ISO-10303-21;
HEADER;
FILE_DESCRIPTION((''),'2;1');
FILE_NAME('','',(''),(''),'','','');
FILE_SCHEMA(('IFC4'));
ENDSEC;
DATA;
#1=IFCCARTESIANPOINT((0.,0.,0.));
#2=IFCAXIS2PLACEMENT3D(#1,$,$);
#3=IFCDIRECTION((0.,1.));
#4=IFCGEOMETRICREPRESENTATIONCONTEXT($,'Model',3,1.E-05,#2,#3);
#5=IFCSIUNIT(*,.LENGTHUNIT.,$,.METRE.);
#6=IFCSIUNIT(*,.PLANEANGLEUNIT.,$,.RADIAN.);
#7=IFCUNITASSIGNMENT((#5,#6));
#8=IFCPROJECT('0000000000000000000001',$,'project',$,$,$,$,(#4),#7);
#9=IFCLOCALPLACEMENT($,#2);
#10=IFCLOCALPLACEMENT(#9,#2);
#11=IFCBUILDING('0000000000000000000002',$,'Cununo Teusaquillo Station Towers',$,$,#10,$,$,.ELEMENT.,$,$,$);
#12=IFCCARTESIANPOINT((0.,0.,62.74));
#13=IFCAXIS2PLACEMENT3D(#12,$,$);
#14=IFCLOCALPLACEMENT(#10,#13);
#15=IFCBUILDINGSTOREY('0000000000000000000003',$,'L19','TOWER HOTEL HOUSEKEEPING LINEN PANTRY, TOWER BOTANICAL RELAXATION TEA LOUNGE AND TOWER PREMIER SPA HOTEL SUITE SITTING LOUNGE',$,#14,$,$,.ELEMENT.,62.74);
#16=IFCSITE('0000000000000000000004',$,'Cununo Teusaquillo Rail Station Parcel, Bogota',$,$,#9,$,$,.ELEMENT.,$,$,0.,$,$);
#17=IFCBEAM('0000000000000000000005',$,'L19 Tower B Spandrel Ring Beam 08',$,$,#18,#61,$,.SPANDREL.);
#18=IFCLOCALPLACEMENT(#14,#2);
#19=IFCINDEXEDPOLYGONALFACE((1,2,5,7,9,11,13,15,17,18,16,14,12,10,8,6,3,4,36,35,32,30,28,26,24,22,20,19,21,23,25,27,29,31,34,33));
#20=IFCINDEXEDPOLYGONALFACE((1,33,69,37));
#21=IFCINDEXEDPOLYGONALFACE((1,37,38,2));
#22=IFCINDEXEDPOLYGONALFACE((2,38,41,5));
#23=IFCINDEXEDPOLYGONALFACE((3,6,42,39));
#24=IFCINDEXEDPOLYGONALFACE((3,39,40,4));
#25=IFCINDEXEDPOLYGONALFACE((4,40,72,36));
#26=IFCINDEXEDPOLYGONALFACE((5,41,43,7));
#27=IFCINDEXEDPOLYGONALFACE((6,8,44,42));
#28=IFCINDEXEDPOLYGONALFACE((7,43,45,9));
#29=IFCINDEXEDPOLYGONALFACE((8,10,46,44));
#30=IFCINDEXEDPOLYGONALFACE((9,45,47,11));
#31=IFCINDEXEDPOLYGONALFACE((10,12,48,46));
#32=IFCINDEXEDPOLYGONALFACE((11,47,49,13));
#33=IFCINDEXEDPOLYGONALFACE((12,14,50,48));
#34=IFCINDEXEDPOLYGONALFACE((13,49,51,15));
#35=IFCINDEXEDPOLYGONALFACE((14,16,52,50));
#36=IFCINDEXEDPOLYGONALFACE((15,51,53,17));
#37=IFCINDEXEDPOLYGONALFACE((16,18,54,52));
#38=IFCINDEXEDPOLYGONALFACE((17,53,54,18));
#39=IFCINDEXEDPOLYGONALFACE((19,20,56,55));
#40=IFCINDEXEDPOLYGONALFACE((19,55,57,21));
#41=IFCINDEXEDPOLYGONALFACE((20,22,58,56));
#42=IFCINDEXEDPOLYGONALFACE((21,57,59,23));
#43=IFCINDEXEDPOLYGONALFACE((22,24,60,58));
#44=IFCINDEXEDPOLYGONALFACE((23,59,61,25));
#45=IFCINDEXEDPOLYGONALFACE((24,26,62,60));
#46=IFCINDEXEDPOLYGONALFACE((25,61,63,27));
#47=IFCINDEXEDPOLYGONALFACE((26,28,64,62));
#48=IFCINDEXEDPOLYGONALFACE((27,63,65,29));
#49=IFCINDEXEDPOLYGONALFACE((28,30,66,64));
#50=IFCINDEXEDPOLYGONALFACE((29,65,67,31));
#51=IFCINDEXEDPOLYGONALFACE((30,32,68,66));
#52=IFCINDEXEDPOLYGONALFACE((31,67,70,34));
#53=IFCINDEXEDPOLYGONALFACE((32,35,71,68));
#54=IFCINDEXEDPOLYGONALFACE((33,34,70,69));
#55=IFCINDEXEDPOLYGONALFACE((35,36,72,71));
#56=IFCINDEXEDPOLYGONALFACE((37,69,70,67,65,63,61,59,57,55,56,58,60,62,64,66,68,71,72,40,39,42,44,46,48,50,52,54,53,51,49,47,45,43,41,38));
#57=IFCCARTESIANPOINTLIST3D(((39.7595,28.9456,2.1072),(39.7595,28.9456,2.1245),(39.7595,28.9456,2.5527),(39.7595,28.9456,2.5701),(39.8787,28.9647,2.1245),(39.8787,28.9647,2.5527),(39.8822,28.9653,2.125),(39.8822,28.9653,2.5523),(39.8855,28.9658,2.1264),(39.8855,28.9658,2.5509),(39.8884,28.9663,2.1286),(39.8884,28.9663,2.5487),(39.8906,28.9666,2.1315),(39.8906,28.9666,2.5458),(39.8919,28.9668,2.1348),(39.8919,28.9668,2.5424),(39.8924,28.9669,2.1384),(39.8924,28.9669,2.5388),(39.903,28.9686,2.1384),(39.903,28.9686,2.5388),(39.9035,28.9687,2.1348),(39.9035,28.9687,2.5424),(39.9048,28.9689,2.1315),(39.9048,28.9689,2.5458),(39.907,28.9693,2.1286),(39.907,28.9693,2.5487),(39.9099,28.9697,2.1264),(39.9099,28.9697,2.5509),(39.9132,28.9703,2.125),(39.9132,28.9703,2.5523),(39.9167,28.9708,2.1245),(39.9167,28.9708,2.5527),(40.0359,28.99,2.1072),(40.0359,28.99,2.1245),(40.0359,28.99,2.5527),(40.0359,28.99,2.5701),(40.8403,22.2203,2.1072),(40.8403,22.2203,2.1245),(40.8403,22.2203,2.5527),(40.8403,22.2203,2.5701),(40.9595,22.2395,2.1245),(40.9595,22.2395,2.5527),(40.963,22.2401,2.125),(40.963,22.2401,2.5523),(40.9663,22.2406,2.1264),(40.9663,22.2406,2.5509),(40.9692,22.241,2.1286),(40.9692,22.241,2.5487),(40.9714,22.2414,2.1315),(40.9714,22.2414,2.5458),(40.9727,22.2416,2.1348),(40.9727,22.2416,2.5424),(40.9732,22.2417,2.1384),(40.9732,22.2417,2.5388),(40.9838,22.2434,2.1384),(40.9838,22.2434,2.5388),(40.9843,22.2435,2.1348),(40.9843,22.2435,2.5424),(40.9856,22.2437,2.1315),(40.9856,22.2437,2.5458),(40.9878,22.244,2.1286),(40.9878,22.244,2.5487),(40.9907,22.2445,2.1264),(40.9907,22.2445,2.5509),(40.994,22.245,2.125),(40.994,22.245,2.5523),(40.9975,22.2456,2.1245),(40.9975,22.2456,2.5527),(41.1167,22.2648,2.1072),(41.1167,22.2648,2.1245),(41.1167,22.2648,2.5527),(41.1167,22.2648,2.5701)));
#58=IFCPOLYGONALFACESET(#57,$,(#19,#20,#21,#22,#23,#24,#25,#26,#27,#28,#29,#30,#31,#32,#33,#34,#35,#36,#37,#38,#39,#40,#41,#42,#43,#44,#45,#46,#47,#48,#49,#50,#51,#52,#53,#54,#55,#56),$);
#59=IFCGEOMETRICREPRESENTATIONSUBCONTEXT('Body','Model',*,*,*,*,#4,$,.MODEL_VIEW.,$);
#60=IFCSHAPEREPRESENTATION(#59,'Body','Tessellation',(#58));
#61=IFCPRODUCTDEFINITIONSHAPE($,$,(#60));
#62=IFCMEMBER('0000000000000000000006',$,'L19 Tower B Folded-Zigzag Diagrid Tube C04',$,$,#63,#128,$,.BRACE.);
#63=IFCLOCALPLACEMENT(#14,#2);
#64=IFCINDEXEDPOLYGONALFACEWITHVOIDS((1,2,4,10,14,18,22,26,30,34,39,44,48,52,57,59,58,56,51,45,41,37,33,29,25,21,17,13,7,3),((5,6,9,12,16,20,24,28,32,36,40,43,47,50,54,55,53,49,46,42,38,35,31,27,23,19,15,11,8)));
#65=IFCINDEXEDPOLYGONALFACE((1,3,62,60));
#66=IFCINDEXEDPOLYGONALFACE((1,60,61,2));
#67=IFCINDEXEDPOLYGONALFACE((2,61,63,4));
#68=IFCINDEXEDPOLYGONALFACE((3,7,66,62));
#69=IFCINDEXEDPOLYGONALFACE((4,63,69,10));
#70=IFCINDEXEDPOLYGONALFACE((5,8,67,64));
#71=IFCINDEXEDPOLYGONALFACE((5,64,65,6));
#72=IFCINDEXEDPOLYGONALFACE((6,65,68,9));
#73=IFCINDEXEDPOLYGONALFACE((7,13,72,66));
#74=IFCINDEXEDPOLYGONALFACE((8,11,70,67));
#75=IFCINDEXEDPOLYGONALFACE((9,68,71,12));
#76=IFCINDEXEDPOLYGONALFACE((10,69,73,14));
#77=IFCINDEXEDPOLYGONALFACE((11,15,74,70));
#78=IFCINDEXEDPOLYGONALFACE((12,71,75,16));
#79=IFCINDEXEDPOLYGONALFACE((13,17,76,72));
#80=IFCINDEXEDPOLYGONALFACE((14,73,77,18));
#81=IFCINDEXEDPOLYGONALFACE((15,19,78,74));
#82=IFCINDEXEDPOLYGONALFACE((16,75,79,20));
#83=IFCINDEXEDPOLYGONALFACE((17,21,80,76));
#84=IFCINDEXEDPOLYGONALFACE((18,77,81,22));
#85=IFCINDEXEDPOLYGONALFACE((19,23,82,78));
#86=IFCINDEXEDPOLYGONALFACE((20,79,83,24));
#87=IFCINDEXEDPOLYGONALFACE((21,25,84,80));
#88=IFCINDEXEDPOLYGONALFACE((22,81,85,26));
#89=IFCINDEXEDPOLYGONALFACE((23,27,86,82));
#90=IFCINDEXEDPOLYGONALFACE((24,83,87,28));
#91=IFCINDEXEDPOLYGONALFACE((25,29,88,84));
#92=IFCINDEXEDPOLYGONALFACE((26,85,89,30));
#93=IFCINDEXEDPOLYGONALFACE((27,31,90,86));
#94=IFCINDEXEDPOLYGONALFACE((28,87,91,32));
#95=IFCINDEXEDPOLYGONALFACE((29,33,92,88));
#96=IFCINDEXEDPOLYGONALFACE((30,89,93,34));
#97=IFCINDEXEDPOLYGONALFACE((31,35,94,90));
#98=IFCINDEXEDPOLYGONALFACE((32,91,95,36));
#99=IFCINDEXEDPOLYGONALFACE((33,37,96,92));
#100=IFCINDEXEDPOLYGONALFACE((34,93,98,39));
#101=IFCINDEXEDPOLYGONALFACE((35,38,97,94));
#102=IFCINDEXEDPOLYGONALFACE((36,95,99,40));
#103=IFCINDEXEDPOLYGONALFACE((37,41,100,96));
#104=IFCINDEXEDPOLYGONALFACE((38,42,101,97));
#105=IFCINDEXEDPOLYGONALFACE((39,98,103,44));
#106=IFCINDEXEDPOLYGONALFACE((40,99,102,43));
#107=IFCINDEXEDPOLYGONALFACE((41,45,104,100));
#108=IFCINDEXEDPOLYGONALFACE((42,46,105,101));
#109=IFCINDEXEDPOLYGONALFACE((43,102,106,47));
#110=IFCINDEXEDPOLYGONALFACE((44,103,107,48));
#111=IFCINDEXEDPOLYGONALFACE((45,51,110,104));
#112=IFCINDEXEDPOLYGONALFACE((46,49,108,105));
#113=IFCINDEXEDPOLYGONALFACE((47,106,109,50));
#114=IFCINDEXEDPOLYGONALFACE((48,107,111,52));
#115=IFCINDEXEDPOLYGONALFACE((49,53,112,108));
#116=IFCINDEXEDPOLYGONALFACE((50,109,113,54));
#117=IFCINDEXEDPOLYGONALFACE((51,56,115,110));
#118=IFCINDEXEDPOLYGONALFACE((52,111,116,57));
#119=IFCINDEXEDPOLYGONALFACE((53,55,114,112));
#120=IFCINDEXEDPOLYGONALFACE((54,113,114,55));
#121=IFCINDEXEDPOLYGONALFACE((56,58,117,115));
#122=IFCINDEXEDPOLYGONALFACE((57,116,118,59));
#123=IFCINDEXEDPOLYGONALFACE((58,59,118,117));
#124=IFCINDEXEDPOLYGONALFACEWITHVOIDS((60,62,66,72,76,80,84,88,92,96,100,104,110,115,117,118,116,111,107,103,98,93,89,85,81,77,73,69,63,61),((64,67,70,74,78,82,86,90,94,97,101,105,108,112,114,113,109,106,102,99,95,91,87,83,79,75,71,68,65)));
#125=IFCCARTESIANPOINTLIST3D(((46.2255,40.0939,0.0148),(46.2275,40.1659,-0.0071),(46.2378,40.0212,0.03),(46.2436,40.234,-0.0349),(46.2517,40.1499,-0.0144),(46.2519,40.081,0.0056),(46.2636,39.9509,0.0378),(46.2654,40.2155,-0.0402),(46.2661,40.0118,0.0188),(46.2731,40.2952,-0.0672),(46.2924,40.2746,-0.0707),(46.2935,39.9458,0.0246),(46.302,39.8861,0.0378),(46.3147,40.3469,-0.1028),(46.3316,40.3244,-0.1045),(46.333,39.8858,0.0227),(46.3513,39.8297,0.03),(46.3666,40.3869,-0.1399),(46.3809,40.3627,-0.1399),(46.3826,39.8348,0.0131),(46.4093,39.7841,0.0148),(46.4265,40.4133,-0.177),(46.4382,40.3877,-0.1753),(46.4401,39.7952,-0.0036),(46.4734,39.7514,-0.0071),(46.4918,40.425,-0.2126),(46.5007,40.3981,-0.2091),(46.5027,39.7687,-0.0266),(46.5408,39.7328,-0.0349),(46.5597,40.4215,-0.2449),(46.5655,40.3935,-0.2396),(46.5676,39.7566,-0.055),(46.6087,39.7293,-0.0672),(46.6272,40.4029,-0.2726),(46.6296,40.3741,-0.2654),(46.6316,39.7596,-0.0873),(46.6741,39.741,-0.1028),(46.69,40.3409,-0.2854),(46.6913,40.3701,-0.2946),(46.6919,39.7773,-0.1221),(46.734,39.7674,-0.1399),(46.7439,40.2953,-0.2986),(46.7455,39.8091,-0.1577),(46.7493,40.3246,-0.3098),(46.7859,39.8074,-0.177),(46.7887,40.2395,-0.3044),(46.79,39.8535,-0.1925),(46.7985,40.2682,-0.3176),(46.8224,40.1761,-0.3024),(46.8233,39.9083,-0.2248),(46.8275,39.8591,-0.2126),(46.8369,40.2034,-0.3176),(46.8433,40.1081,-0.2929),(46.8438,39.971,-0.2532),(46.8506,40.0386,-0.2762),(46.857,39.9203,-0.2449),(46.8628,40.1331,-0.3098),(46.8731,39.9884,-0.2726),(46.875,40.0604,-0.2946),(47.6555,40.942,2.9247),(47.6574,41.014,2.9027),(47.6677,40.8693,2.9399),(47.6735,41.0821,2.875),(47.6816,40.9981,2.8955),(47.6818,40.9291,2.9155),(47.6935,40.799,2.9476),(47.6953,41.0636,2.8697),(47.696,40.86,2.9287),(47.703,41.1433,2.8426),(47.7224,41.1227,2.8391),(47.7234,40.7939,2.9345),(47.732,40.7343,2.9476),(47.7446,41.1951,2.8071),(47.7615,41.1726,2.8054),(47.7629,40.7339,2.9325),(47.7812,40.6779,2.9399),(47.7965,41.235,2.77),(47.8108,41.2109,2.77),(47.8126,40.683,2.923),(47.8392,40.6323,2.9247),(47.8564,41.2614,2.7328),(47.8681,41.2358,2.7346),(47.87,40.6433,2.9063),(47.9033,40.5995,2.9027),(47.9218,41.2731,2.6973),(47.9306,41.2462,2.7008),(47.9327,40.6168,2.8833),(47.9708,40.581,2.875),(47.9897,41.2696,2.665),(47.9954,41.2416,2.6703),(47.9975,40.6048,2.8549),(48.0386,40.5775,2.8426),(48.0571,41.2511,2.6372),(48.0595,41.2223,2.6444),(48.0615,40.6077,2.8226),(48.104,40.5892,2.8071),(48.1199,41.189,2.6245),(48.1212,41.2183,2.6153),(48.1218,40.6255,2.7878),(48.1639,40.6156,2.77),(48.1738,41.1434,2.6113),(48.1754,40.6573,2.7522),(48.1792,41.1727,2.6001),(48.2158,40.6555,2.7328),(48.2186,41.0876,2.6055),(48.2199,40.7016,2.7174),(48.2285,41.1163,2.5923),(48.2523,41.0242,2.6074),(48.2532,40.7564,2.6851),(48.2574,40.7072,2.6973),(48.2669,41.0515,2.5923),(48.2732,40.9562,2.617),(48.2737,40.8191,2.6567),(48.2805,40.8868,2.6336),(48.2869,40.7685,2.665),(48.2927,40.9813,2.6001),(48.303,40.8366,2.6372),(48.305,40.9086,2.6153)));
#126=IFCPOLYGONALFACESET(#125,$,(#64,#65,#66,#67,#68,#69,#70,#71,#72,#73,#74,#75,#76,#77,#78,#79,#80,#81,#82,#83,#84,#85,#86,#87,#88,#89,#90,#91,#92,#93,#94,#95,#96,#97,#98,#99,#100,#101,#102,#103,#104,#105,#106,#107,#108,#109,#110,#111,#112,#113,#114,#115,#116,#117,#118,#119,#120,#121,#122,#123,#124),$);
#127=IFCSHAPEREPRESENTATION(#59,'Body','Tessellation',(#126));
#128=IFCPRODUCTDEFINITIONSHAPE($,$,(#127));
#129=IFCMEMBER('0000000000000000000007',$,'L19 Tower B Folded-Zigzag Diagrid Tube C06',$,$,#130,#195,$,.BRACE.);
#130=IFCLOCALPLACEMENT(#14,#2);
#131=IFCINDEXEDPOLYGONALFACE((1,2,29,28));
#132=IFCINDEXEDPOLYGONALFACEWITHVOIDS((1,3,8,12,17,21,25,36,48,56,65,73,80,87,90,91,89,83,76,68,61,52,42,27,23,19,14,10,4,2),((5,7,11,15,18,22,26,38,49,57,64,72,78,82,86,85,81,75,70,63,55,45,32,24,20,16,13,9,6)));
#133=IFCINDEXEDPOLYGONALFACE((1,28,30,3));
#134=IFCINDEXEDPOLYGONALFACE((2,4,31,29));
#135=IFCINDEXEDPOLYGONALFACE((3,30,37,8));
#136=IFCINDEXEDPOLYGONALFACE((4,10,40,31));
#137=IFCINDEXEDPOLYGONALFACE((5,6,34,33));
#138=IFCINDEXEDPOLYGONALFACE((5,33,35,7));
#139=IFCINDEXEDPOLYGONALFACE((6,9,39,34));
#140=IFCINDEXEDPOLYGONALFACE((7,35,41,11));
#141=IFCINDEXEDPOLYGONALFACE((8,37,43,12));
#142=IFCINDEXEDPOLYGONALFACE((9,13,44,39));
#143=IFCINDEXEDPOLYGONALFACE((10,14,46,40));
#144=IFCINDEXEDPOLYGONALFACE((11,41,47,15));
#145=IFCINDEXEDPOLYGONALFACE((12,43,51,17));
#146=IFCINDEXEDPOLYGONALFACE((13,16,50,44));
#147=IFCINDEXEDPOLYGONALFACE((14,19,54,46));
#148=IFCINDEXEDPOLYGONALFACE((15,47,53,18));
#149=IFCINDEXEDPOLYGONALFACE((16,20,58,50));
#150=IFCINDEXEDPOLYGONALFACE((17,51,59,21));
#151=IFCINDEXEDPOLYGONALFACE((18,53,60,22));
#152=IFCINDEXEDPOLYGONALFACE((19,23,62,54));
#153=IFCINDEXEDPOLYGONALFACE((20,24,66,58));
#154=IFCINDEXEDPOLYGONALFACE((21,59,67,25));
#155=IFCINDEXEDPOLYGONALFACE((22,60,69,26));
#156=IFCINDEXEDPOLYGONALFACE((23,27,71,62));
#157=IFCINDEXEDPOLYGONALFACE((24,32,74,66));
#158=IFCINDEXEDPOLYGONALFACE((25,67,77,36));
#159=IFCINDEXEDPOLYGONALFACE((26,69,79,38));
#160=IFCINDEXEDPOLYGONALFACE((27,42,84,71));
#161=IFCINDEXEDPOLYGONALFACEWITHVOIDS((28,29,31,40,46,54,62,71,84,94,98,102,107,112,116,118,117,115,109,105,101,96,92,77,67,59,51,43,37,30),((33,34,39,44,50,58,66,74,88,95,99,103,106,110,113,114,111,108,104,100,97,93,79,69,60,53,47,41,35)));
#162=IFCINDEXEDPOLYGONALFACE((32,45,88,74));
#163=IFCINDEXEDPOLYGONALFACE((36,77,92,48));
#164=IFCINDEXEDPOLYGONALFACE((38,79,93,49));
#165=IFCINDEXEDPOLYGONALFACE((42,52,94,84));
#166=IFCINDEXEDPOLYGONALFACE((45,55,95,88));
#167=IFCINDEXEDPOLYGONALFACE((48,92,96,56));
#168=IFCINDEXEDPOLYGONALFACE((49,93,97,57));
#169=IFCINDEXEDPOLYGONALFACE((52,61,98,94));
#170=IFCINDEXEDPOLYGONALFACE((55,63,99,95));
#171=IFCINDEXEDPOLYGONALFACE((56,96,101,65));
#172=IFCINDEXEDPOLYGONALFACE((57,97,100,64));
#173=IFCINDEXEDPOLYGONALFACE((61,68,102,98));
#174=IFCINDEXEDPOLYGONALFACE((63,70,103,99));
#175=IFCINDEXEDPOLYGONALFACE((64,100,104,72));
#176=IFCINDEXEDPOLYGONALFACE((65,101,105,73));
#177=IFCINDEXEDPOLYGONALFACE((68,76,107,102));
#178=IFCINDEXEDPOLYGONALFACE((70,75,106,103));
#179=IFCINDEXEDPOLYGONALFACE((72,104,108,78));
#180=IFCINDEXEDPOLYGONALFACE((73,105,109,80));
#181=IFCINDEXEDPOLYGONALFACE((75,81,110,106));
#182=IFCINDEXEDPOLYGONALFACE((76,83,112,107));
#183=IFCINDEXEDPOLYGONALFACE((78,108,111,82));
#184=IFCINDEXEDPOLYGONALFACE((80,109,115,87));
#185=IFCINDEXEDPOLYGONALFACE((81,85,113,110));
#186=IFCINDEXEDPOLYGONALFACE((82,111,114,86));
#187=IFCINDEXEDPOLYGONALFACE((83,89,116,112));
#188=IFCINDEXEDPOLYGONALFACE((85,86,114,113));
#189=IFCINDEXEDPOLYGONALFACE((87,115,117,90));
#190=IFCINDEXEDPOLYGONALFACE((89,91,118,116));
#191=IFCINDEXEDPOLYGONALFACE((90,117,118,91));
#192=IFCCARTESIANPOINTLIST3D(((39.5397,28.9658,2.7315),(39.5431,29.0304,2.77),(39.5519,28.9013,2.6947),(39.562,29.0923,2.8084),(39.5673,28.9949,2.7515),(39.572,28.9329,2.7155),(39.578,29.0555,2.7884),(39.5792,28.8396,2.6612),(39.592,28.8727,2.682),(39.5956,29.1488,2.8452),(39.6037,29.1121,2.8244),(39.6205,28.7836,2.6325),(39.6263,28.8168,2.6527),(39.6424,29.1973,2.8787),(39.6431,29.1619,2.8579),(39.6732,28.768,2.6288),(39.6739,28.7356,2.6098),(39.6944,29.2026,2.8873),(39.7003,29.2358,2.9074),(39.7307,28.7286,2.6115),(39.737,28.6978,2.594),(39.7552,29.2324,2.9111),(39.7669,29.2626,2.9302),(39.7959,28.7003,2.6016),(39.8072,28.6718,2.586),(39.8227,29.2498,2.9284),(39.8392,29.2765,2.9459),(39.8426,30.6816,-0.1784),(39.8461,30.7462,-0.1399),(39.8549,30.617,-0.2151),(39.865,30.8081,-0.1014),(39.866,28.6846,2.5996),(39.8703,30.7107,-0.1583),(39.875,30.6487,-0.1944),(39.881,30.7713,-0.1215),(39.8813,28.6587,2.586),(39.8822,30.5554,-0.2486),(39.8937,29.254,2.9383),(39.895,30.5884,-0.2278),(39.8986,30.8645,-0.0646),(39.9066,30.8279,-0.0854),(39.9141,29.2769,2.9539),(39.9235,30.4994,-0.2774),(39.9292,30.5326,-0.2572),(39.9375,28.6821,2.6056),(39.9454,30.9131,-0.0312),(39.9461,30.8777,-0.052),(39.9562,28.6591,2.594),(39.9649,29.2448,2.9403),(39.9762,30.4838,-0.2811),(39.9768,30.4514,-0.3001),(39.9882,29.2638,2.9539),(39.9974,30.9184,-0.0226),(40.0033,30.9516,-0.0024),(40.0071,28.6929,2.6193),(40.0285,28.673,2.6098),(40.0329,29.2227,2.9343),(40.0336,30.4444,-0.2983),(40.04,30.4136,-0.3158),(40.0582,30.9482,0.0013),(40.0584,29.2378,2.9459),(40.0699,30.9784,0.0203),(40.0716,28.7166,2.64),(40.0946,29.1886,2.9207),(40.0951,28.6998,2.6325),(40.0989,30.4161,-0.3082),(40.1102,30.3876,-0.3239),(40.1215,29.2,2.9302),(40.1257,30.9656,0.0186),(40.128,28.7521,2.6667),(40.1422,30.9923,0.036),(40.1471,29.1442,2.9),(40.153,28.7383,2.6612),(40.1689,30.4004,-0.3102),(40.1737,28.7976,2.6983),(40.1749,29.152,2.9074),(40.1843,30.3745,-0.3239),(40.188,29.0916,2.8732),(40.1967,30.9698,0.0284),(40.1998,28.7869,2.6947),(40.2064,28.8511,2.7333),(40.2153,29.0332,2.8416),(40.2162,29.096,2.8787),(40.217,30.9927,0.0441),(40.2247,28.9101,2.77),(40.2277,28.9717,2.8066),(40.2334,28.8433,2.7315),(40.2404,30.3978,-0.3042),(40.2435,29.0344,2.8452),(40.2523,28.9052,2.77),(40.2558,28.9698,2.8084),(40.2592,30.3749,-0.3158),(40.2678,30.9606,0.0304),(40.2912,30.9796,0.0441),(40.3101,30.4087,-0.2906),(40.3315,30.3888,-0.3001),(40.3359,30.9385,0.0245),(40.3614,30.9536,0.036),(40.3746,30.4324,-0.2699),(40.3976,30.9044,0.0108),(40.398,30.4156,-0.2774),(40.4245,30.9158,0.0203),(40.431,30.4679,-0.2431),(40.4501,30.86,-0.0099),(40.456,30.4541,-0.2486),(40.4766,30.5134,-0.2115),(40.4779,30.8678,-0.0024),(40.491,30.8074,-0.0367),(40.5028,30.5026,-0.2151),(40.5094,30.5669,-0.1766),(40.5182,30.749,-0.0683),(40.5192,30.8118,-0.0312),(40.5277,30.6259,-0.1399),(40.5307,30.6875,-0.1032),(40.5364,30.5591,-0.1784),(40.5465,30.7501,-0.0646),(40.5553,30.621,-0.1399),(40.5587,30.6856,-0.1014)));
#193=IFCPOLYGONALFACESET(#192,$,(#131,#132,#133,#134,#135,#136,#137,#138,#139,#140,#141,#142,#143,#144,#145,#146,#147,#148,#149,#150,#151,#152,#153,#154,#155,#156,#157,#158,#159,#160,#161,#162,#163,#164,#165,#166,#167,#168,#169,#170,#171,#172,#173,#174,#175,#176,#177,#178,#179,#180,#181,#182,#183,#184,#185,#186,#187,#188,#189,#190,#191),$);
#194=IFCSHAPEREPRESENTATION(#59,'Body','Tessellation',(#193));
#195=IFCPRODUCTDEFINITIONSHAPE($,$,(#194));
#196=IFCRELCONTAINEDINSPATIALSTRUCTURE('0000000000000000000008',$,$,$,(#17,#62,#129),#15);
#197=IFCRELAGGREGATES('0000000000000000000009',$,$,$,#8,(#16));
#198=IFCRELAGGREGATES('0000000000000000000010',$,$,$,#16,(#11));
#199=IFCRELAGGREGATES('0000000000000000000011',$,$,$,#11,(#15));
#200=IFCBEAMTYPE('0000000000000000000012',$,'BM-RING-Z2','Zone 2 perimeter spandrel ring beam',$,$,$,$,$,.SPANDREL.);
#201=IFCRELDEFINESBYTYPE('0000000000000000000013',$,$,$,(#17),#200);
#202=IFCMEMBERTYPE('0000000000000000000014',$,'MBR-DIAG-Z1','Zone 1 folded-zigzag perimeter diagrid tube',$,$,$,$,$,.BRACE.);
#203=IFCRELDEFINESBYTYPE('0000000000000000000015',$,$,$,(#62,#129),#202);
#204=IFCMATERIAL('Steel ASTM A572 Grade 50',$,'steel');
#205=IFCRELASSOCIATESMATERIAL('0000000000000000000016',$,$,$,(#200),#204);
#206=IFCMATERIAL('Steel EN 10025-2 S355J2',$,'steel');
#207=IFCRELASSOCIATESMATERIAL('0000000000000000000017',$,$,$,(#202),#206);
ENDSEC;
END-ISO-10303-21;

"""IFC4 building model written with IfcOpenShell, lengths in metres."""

from ifc_helpers import new_model, si_unit, direction, frame, origin, origin_2d, place, context, subcontext, project, spatial, hollow_circle, i_section, extrude, material, material_profile, profile_set, type_object, element, save


model = new_model("IFC4")

# Units and contexts
model_context = context("Model", 3, precision=1e-05, world=origin(), true_north=direction((0.0, 1.0)))
body_context = subcontext(model_context, "Body", "Model", "MODEL_VIEW")
ifc_project = project(units=[si_unit("LENGTHUNIT", "METRE"), si_unit("PLANEANGLEUNIT", "RADIAN")], contexts=[model_context])

# Site, building, storey
site_placement = place(None, origin())
site = spatial("IfcSite", under=ifc_project, at=site_placement, Name="Cununo Teusaquillo Rail Station Parcel, Bogota", CompositionType="ELEMENT", RefElevation=0.0)
building_placement = place(site_placement, origin())
building = spatial("IfcBuilding", under=site, at=building_placement, Name="Cununo Teusaquillo Station Towers", CompositionType="ELEMENT")
storey_placement = place(building_placement, frame((0.0, 0.0, 62.74)))
storey = spatial("IfcBuildingStorey", under=building, at=storey_placement, Name="L19", Description="TOWER HOTEL HOUSEKEEPING LINEN PANTRY, TOWER BOTANICAL RELAXATION TEA LOUNGE AND TOWER PREMIER SPA HOTEL SUITE SITTING LOUNGE", CompositionType="ELEMENT", Elevation=62.74)

# Beam
ifc_material_1 = material(Name="Steel ASTM A572 Grade 50", Category="steel")
ifc_material_profile_1 = material_profile(ifc_material_1, i_section(OverallWidth=0.28, OverallDepth=0.4629, WebThickness=0.0107, FlangeThickness=0.0173, FilletRadius=0.0139, at=origin_2d()), Name="W18X76")
ifc_profile_set_1 = profile_set([ifc_material_profile_1], Name="Steel ASTM A572 Grade 50")
beam_type_1 = type_object("IfcBeamType", Name="BM-RING-Z2", Description="Zone 2 perimeter spandrel ring beam", PredefinedType="SPANDREL", material=ifc_profile_set_1)
beam_1_placement = place(storey_placement, frame((39.8977, 28.9678, 2.3386), z_axis=(0.158671, -0.987331, 0.0), x_axis=(0.987331, 0.158671, 0.0)))
element("IfcBeam", 1, at=beam_1_placement, inside=storey, type_object=beam_type_1, Name="L19 Tower B Spandrel Ring Beam 08", PredefinedType="SPANDREL", context=body_context, shape_type="SweptSolid", body=[
    extrude(i_section(OverallWidth=0.28, OverallDepth=0.4629, WebThickness=0.0107, FlangeThickness=0.0173, FilletRadius=0.0139, at=origin_2d()), origin(), (0.0, 0.0, 1.0), 6.8115),
])

# Members
ifc_material_2 = material(Name="Steel EN 10025-2 S355J2", Category="steel")
ifc_material_profile_2 = material_profile(ifc_material_2, hollow_circle(Radius=0.3601, WallThickness=0.0281, at=origin_2d()), Name="CHS 720x28")
ifc_profile_set_2 = profile_set([ifc_material_profile_2], Name="Steel EN 10025-2 S355J2")
member_type = type_object("IfcMemberType", Name="MBR-DIAG-Z1", Description="Zone 1 folded-zigzag perimeter diagrid tube", PredefinedType="BRACE", material=ifc_profile_set_2)
member_1_placement = place(storey_placement, frame((46.5503, 40.0771, -0.1399), z_axis=(0.426672, 0.253074, 0.868277), x_axis=(-0.510149, 0.860086, 0.0)))
element("IfcMember", 2, at=member_1_placement, inside=storey, type_object=member_type, Name="L19 Tower B Folded-Zigzag Diagrid Tube C04", PredefinedType="BRACE", context=body_context, shape_type="SweptSolid", body=[
    extrude(hollow_circle(Radius=0.3601, WallThickness=0.0281, at=origin_2d()), origin(), (0.0, 0.0, 1.0), 3.3513),
])
member_2_placement = place(storey_placement, frame((40.2007, 30.6836, -0.1399), z_axis=(-0.08933, -0.505893, 0.857959), x_axis=(0.984765, -0.173889, 0.0)))
element("IfcMember", 3, at=member_2_placement, inside=storey, type_object=member_type, Name="L19 Tower B Folded-Zigzag Diagrid Tube C06", PredefinedType="BRACE", context=body_context, shape_type="SweptSolid", body=[
    extrude(hollow_circle(Radius=0.3601, WallThickness=0.0281, at=origin_2d()), origin(), (0.0, 0.0, 1.0), 3.3916),
])

save(model, "model.ifc")
